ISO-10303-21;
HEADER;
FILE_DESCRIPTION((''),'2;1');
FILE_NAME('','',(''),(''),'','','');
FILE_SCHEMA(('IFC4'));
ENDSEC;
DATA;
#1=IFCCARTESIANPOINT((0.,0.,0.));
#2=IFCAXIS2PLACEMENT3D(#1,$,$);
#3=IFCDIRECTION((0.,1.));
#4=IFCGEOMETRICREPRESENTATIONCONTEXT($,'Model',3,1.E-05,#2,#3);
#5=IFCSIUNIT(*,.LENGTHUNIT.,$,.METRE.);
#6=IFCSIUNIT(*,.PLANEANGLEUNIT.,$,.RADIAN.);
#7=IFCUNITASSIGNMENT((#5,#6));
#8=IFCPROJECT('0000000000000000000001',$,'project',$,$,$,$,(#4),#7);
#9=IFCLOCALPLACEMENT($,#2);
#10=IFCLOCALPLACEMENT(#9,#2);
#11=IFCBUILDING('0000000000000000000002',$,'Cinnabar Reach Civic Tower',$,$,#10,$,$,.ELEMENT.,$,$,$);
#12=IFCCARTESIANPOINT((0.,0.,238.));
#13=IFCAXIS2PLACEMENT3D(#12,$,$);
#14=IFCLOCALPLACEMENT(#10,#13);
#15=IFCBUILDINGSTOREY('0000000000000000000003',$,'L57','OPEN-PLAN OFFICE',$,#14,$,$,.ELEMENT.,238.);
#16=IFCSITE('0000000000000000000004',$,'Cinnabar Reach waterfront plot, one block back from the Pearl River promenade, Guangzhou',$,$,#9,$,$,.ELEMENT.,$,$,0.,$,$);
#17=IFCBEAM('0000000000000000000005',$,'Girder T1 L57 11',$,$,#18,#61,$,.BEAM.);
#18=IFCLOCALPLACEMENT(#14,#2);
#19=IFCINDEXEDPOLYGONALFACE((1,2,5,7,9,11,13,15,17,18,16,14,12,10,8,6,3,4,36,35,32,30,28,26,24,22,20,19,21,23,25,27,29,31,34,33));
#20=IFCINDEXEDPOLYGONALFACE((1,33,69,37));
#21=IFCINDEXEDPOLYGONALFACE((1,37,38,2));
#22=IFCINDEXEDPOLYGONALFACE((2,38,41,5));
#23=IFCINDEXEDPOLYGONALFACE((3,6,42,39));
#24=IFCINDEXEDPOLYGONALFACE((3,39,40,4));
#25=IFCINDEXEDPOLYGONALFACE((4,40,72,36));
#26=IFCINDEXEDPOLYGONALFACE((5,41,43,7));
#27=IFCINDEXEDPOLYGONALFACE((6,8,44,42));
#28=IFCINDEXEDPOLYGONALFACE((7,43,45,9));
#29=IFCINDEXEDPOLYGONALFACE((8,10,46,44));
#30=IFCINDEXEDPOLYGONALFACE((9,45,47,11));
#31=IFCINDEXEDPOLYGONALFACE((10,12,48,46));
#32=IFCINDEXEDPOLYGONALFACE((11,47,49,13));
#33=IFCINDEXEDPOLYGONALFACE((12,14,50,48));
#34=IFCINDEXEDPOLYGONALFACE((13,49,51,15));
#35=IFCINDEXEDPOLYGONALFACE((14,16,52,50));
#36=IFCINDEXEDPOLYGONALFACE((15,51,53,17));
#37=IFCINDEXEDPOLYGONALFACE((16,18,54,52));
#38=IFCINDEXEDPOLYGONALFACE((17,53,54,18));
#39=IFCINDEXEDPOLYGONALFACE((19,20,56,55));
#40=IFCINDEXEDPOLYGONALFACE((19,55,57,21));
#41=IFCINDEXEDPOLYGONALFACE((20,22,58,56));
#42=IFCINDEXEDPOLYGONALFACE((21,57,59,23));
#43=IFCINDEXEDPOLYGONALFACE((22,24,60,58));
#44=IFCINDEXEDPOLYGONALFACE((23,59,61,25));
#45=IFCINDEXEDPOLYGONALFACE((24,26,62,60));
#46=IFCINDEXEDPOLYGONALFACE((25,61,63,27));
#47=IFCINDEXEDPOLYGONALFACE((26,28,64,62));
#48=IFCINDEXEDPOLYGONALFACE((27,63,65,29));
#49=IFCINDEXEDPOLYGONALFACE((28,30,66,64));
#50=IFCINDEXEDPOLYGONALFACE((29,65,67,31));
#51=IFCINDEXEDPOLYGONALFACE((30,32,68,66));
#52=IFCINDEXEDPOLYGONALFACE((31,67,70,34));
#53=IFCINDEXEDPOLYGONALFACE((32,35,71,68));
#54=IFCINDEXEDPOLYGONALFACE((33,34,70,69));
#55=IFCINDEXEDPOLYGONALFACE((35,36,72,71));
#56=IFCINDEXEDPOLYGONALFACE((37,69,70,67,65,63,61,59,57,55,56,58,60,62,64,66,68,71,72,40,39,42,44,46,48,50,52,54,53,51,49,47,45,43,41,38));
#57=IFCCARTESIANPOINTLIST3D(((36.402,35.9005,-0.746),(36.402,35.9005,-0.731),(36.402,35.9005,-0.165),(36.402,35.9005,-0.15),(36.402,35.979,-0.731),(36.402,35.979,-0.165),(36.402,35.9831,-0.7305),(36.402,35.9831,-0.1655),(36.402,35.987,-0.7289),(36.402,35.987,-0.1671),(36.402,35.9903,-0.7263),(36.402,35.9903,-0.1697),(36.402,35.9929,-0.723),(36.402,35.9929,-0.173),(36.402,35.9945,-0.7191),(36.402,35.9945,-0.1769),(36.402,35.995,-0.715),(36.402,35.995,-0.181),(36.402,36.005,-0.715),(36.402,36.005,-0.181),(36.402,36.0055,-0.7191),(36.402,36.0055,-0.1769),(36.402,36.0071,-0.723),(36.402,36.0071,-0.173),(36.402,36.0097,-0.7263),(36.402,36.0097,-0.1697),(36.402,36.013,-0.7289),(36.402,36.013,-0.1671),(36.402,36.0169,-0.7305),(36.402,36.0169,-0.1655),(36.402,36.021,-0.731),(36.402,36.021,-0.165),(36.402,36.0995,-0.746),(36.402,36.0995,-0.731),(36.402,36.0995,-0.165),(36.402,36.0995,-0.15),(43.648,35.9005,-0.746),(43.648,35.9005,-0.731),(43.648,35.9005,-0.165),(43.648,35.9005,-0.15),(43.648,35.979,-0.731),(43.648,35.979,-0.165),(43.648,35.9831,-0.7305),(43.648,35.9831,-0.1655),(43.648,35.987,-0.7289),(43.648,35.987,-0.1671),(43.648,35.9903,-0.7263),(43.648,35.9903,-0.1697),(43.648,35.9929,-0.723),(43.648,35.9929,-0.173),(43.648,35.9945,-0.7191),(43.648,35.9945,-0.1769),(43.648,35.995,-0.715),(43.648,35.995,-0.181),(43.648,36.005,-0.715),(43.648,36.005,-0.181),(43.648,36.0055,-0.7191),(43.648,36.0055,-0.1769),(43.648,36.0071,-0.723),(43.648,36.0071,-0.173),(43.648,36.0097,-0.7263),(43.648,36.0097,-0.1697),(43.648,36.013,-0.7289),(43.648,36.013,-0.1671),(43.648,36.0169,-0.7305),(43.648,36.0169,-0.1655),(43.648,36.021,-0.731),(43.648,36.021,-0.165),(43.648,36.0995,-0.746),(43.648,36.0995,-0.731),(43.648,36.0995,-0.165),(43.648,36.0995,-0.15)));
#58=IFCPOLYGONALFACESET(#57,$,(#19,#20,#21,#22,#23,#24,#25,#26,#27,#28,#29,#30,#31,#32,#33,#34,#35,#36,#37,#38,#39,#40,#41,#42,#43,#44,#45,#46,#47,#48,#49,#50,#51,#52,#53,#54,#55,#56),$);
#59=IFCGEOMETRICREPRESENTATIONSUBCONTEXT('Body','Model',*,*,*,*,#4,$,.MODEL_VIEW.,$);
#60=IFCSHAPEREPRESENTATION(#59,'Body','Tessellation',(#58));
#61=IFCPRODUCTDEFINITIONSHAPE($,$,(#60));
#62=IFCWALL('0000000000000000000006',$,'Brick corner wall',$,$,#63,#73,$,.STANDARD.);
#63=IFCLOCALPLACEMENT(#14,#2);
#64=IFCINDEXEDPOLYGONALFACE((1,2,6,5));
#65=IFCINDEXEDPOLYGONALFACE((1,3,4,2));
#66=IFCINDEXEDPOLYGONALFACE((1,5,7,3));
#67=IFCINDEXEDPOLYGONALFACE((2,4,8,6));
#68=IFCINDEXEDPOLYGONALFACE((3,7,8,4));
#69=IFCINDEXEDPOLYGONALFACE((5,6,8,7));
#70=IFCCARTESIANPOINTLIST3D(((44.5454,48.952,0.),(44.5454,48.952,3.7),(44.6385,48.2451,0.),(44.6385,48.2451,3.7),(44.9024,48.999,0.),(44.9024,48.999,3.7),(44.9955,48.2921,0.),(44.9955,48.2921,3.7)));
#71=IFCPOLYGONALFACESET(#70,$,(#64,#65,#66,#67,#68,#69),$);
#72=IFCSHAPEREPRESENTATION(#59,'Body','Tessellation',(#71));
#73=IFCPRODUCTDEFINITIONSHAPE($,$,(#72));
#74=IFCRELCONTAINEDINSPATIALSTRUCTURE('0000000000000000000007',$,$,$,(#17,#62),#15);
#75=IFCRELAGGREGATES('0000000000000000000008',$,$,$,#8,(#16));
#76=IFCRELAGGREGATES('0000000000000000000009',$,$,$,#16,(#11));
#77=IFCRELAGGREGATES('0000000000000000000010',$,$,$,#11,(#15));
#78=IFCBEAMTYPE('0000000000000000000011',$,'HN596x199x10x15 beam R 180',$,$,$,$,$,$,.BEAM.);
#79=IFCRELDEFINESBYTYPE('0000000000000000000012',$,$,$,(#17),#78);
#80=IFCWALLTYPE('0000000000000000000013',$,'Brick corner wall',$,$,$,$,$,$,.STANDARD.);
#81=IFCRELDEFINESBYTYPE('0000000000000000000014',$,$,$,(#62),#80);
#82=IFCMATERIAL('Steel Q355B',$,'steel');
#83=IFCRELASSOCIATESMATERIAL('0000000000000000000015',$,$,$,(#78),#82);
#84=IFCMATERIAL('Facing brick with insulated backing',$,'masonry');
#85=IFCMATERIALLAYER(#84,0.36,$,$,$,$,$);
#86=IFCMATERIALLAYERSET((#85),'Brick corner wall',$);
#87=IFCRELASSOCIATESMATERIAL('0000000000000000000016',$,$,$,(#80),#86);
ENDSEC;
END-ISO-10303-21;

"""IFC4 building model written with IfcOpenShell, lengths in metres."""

from ifc_helpers import new_model, si_unit, direction, frame, frame_2d, origin, origin_2d, place, context, subcontext, project, spatial, rectangle, i_section, extrude, material, layer, layer_set, material_profile, profile_set, type_object, element, save


model = new_model("IFC4")

# Units and contexts
model_context = context("Model", 3, precision=1e-05, world=origin(), true_north=direction((0.0, 1.0)))
body_context = subcontext(model_context, "Body", "Model", "MODEL_VIEW")
ifc_project = project(units=[si_unit("LENGTHUNIT", "METRE"), si_unit("PLANEANGLEUNIT", "RADIAN")], contexts=[model_context])

# Site, building, storey
site_placement = place(None, origin())
site = spatial("IfcSite", under=ifc_project, at=site_placement, Name="Cinnabar Reach waterfront plot, one block back from the Pearl River promenade, Guangzhou", CompositionType="ELEMENT", RefElevation=0.0)
building_placement = place(site_placement, origin())
building = spatial("IfcBuilding", under=site, at=building_placement, Name="Cinnabar Reach Civic Tower", CompositionType="ELEMENT")
storey_placement = place(building_placement, frame((0.0, 0.0, 238.0)))
storey = spatial("IfcBuildingStorey", under=building, at=storey_placement, Name="L57", Description="OPEN-PLAN OFFICE", CompositionType="ELEMENT", Elevation=238.0)

# Beam
ifc_material_1 = material(Name="Steel Q355B", Category="steel")
ifc_material_profile_1 = material_profile(ifc_material_1, i_section(OverallWidth=0.199, OverallDepth=0.596, WebThickness=0.01, FlangeThickness=0.015, FilletRadius=0.016, at=origin_2d()), Name="HN596x199x10x15")
ifc_profile_set_1 = profile_set([ifc_material_profile_1], Name="Steel Q355B")
beam_type_1 = type_object("IfcBeamType", Name="HN596x199x10x15 beam R 180", PredefinedType="BEAM", material=ifc_profile_set_1)
beam_1_placement = place(storey_placement, frame((36.402, 36.0, -0.448), z_axis=(1.0, 0.0, 0.0), x_axis=(0.0, 1.0, 0.0)))
element("IfcBeam", 1, at=beam_1_placement, inside=storey, type_object=beam_type_1, Name="Girder T1 L57 11", PredefinedType="BEAM", context=body_context, shape_type="SweptSolid", body=[
    extrude(i_section(OverallWidth=0.199, OverallDepth=0.596, WebThickness=0.01, FlangeThickness=0.015, FilletRadius=0.016, at=origin_2d()), origin(), (0.0, 0.0, 1.0), 7.246),
])

# Wall
ifc_material_2 = material(Name="Facing brick with insulated backing", Category="masonry")
ifc_layer = layer(ifc_material_2, 0.36)
ifc_layer_set = layer_set([ifc_layer], Name="Brick corner wall")
wall_type = type_object("IfcWallType", Name="Brick corner wall", PredefinedType="STANDARD", material=ifc_layer_set)
wall_placement = place(storey_placement, frame((44.817, 48.2686, 0.0), z_axis=(0.0, 0.0, 1.0), x_axis=(-0.130556, 0.991441, 0.0)))
element("IfcWall", 2, at=wall_placement, inside=storey, type_object=wall_type, Name="Brick corner wall", PredefinedType="STANDARD", context=body_context, shape_type="SweptSolid", body=[
    extrude(rectangle(XDim=0.7131, YDim=0.36, at=frame_2d((0.3565, 0.0))), origin(), (0.0, 0.0, 1.0), 3.7),
])

save(model, "model.ifc")
